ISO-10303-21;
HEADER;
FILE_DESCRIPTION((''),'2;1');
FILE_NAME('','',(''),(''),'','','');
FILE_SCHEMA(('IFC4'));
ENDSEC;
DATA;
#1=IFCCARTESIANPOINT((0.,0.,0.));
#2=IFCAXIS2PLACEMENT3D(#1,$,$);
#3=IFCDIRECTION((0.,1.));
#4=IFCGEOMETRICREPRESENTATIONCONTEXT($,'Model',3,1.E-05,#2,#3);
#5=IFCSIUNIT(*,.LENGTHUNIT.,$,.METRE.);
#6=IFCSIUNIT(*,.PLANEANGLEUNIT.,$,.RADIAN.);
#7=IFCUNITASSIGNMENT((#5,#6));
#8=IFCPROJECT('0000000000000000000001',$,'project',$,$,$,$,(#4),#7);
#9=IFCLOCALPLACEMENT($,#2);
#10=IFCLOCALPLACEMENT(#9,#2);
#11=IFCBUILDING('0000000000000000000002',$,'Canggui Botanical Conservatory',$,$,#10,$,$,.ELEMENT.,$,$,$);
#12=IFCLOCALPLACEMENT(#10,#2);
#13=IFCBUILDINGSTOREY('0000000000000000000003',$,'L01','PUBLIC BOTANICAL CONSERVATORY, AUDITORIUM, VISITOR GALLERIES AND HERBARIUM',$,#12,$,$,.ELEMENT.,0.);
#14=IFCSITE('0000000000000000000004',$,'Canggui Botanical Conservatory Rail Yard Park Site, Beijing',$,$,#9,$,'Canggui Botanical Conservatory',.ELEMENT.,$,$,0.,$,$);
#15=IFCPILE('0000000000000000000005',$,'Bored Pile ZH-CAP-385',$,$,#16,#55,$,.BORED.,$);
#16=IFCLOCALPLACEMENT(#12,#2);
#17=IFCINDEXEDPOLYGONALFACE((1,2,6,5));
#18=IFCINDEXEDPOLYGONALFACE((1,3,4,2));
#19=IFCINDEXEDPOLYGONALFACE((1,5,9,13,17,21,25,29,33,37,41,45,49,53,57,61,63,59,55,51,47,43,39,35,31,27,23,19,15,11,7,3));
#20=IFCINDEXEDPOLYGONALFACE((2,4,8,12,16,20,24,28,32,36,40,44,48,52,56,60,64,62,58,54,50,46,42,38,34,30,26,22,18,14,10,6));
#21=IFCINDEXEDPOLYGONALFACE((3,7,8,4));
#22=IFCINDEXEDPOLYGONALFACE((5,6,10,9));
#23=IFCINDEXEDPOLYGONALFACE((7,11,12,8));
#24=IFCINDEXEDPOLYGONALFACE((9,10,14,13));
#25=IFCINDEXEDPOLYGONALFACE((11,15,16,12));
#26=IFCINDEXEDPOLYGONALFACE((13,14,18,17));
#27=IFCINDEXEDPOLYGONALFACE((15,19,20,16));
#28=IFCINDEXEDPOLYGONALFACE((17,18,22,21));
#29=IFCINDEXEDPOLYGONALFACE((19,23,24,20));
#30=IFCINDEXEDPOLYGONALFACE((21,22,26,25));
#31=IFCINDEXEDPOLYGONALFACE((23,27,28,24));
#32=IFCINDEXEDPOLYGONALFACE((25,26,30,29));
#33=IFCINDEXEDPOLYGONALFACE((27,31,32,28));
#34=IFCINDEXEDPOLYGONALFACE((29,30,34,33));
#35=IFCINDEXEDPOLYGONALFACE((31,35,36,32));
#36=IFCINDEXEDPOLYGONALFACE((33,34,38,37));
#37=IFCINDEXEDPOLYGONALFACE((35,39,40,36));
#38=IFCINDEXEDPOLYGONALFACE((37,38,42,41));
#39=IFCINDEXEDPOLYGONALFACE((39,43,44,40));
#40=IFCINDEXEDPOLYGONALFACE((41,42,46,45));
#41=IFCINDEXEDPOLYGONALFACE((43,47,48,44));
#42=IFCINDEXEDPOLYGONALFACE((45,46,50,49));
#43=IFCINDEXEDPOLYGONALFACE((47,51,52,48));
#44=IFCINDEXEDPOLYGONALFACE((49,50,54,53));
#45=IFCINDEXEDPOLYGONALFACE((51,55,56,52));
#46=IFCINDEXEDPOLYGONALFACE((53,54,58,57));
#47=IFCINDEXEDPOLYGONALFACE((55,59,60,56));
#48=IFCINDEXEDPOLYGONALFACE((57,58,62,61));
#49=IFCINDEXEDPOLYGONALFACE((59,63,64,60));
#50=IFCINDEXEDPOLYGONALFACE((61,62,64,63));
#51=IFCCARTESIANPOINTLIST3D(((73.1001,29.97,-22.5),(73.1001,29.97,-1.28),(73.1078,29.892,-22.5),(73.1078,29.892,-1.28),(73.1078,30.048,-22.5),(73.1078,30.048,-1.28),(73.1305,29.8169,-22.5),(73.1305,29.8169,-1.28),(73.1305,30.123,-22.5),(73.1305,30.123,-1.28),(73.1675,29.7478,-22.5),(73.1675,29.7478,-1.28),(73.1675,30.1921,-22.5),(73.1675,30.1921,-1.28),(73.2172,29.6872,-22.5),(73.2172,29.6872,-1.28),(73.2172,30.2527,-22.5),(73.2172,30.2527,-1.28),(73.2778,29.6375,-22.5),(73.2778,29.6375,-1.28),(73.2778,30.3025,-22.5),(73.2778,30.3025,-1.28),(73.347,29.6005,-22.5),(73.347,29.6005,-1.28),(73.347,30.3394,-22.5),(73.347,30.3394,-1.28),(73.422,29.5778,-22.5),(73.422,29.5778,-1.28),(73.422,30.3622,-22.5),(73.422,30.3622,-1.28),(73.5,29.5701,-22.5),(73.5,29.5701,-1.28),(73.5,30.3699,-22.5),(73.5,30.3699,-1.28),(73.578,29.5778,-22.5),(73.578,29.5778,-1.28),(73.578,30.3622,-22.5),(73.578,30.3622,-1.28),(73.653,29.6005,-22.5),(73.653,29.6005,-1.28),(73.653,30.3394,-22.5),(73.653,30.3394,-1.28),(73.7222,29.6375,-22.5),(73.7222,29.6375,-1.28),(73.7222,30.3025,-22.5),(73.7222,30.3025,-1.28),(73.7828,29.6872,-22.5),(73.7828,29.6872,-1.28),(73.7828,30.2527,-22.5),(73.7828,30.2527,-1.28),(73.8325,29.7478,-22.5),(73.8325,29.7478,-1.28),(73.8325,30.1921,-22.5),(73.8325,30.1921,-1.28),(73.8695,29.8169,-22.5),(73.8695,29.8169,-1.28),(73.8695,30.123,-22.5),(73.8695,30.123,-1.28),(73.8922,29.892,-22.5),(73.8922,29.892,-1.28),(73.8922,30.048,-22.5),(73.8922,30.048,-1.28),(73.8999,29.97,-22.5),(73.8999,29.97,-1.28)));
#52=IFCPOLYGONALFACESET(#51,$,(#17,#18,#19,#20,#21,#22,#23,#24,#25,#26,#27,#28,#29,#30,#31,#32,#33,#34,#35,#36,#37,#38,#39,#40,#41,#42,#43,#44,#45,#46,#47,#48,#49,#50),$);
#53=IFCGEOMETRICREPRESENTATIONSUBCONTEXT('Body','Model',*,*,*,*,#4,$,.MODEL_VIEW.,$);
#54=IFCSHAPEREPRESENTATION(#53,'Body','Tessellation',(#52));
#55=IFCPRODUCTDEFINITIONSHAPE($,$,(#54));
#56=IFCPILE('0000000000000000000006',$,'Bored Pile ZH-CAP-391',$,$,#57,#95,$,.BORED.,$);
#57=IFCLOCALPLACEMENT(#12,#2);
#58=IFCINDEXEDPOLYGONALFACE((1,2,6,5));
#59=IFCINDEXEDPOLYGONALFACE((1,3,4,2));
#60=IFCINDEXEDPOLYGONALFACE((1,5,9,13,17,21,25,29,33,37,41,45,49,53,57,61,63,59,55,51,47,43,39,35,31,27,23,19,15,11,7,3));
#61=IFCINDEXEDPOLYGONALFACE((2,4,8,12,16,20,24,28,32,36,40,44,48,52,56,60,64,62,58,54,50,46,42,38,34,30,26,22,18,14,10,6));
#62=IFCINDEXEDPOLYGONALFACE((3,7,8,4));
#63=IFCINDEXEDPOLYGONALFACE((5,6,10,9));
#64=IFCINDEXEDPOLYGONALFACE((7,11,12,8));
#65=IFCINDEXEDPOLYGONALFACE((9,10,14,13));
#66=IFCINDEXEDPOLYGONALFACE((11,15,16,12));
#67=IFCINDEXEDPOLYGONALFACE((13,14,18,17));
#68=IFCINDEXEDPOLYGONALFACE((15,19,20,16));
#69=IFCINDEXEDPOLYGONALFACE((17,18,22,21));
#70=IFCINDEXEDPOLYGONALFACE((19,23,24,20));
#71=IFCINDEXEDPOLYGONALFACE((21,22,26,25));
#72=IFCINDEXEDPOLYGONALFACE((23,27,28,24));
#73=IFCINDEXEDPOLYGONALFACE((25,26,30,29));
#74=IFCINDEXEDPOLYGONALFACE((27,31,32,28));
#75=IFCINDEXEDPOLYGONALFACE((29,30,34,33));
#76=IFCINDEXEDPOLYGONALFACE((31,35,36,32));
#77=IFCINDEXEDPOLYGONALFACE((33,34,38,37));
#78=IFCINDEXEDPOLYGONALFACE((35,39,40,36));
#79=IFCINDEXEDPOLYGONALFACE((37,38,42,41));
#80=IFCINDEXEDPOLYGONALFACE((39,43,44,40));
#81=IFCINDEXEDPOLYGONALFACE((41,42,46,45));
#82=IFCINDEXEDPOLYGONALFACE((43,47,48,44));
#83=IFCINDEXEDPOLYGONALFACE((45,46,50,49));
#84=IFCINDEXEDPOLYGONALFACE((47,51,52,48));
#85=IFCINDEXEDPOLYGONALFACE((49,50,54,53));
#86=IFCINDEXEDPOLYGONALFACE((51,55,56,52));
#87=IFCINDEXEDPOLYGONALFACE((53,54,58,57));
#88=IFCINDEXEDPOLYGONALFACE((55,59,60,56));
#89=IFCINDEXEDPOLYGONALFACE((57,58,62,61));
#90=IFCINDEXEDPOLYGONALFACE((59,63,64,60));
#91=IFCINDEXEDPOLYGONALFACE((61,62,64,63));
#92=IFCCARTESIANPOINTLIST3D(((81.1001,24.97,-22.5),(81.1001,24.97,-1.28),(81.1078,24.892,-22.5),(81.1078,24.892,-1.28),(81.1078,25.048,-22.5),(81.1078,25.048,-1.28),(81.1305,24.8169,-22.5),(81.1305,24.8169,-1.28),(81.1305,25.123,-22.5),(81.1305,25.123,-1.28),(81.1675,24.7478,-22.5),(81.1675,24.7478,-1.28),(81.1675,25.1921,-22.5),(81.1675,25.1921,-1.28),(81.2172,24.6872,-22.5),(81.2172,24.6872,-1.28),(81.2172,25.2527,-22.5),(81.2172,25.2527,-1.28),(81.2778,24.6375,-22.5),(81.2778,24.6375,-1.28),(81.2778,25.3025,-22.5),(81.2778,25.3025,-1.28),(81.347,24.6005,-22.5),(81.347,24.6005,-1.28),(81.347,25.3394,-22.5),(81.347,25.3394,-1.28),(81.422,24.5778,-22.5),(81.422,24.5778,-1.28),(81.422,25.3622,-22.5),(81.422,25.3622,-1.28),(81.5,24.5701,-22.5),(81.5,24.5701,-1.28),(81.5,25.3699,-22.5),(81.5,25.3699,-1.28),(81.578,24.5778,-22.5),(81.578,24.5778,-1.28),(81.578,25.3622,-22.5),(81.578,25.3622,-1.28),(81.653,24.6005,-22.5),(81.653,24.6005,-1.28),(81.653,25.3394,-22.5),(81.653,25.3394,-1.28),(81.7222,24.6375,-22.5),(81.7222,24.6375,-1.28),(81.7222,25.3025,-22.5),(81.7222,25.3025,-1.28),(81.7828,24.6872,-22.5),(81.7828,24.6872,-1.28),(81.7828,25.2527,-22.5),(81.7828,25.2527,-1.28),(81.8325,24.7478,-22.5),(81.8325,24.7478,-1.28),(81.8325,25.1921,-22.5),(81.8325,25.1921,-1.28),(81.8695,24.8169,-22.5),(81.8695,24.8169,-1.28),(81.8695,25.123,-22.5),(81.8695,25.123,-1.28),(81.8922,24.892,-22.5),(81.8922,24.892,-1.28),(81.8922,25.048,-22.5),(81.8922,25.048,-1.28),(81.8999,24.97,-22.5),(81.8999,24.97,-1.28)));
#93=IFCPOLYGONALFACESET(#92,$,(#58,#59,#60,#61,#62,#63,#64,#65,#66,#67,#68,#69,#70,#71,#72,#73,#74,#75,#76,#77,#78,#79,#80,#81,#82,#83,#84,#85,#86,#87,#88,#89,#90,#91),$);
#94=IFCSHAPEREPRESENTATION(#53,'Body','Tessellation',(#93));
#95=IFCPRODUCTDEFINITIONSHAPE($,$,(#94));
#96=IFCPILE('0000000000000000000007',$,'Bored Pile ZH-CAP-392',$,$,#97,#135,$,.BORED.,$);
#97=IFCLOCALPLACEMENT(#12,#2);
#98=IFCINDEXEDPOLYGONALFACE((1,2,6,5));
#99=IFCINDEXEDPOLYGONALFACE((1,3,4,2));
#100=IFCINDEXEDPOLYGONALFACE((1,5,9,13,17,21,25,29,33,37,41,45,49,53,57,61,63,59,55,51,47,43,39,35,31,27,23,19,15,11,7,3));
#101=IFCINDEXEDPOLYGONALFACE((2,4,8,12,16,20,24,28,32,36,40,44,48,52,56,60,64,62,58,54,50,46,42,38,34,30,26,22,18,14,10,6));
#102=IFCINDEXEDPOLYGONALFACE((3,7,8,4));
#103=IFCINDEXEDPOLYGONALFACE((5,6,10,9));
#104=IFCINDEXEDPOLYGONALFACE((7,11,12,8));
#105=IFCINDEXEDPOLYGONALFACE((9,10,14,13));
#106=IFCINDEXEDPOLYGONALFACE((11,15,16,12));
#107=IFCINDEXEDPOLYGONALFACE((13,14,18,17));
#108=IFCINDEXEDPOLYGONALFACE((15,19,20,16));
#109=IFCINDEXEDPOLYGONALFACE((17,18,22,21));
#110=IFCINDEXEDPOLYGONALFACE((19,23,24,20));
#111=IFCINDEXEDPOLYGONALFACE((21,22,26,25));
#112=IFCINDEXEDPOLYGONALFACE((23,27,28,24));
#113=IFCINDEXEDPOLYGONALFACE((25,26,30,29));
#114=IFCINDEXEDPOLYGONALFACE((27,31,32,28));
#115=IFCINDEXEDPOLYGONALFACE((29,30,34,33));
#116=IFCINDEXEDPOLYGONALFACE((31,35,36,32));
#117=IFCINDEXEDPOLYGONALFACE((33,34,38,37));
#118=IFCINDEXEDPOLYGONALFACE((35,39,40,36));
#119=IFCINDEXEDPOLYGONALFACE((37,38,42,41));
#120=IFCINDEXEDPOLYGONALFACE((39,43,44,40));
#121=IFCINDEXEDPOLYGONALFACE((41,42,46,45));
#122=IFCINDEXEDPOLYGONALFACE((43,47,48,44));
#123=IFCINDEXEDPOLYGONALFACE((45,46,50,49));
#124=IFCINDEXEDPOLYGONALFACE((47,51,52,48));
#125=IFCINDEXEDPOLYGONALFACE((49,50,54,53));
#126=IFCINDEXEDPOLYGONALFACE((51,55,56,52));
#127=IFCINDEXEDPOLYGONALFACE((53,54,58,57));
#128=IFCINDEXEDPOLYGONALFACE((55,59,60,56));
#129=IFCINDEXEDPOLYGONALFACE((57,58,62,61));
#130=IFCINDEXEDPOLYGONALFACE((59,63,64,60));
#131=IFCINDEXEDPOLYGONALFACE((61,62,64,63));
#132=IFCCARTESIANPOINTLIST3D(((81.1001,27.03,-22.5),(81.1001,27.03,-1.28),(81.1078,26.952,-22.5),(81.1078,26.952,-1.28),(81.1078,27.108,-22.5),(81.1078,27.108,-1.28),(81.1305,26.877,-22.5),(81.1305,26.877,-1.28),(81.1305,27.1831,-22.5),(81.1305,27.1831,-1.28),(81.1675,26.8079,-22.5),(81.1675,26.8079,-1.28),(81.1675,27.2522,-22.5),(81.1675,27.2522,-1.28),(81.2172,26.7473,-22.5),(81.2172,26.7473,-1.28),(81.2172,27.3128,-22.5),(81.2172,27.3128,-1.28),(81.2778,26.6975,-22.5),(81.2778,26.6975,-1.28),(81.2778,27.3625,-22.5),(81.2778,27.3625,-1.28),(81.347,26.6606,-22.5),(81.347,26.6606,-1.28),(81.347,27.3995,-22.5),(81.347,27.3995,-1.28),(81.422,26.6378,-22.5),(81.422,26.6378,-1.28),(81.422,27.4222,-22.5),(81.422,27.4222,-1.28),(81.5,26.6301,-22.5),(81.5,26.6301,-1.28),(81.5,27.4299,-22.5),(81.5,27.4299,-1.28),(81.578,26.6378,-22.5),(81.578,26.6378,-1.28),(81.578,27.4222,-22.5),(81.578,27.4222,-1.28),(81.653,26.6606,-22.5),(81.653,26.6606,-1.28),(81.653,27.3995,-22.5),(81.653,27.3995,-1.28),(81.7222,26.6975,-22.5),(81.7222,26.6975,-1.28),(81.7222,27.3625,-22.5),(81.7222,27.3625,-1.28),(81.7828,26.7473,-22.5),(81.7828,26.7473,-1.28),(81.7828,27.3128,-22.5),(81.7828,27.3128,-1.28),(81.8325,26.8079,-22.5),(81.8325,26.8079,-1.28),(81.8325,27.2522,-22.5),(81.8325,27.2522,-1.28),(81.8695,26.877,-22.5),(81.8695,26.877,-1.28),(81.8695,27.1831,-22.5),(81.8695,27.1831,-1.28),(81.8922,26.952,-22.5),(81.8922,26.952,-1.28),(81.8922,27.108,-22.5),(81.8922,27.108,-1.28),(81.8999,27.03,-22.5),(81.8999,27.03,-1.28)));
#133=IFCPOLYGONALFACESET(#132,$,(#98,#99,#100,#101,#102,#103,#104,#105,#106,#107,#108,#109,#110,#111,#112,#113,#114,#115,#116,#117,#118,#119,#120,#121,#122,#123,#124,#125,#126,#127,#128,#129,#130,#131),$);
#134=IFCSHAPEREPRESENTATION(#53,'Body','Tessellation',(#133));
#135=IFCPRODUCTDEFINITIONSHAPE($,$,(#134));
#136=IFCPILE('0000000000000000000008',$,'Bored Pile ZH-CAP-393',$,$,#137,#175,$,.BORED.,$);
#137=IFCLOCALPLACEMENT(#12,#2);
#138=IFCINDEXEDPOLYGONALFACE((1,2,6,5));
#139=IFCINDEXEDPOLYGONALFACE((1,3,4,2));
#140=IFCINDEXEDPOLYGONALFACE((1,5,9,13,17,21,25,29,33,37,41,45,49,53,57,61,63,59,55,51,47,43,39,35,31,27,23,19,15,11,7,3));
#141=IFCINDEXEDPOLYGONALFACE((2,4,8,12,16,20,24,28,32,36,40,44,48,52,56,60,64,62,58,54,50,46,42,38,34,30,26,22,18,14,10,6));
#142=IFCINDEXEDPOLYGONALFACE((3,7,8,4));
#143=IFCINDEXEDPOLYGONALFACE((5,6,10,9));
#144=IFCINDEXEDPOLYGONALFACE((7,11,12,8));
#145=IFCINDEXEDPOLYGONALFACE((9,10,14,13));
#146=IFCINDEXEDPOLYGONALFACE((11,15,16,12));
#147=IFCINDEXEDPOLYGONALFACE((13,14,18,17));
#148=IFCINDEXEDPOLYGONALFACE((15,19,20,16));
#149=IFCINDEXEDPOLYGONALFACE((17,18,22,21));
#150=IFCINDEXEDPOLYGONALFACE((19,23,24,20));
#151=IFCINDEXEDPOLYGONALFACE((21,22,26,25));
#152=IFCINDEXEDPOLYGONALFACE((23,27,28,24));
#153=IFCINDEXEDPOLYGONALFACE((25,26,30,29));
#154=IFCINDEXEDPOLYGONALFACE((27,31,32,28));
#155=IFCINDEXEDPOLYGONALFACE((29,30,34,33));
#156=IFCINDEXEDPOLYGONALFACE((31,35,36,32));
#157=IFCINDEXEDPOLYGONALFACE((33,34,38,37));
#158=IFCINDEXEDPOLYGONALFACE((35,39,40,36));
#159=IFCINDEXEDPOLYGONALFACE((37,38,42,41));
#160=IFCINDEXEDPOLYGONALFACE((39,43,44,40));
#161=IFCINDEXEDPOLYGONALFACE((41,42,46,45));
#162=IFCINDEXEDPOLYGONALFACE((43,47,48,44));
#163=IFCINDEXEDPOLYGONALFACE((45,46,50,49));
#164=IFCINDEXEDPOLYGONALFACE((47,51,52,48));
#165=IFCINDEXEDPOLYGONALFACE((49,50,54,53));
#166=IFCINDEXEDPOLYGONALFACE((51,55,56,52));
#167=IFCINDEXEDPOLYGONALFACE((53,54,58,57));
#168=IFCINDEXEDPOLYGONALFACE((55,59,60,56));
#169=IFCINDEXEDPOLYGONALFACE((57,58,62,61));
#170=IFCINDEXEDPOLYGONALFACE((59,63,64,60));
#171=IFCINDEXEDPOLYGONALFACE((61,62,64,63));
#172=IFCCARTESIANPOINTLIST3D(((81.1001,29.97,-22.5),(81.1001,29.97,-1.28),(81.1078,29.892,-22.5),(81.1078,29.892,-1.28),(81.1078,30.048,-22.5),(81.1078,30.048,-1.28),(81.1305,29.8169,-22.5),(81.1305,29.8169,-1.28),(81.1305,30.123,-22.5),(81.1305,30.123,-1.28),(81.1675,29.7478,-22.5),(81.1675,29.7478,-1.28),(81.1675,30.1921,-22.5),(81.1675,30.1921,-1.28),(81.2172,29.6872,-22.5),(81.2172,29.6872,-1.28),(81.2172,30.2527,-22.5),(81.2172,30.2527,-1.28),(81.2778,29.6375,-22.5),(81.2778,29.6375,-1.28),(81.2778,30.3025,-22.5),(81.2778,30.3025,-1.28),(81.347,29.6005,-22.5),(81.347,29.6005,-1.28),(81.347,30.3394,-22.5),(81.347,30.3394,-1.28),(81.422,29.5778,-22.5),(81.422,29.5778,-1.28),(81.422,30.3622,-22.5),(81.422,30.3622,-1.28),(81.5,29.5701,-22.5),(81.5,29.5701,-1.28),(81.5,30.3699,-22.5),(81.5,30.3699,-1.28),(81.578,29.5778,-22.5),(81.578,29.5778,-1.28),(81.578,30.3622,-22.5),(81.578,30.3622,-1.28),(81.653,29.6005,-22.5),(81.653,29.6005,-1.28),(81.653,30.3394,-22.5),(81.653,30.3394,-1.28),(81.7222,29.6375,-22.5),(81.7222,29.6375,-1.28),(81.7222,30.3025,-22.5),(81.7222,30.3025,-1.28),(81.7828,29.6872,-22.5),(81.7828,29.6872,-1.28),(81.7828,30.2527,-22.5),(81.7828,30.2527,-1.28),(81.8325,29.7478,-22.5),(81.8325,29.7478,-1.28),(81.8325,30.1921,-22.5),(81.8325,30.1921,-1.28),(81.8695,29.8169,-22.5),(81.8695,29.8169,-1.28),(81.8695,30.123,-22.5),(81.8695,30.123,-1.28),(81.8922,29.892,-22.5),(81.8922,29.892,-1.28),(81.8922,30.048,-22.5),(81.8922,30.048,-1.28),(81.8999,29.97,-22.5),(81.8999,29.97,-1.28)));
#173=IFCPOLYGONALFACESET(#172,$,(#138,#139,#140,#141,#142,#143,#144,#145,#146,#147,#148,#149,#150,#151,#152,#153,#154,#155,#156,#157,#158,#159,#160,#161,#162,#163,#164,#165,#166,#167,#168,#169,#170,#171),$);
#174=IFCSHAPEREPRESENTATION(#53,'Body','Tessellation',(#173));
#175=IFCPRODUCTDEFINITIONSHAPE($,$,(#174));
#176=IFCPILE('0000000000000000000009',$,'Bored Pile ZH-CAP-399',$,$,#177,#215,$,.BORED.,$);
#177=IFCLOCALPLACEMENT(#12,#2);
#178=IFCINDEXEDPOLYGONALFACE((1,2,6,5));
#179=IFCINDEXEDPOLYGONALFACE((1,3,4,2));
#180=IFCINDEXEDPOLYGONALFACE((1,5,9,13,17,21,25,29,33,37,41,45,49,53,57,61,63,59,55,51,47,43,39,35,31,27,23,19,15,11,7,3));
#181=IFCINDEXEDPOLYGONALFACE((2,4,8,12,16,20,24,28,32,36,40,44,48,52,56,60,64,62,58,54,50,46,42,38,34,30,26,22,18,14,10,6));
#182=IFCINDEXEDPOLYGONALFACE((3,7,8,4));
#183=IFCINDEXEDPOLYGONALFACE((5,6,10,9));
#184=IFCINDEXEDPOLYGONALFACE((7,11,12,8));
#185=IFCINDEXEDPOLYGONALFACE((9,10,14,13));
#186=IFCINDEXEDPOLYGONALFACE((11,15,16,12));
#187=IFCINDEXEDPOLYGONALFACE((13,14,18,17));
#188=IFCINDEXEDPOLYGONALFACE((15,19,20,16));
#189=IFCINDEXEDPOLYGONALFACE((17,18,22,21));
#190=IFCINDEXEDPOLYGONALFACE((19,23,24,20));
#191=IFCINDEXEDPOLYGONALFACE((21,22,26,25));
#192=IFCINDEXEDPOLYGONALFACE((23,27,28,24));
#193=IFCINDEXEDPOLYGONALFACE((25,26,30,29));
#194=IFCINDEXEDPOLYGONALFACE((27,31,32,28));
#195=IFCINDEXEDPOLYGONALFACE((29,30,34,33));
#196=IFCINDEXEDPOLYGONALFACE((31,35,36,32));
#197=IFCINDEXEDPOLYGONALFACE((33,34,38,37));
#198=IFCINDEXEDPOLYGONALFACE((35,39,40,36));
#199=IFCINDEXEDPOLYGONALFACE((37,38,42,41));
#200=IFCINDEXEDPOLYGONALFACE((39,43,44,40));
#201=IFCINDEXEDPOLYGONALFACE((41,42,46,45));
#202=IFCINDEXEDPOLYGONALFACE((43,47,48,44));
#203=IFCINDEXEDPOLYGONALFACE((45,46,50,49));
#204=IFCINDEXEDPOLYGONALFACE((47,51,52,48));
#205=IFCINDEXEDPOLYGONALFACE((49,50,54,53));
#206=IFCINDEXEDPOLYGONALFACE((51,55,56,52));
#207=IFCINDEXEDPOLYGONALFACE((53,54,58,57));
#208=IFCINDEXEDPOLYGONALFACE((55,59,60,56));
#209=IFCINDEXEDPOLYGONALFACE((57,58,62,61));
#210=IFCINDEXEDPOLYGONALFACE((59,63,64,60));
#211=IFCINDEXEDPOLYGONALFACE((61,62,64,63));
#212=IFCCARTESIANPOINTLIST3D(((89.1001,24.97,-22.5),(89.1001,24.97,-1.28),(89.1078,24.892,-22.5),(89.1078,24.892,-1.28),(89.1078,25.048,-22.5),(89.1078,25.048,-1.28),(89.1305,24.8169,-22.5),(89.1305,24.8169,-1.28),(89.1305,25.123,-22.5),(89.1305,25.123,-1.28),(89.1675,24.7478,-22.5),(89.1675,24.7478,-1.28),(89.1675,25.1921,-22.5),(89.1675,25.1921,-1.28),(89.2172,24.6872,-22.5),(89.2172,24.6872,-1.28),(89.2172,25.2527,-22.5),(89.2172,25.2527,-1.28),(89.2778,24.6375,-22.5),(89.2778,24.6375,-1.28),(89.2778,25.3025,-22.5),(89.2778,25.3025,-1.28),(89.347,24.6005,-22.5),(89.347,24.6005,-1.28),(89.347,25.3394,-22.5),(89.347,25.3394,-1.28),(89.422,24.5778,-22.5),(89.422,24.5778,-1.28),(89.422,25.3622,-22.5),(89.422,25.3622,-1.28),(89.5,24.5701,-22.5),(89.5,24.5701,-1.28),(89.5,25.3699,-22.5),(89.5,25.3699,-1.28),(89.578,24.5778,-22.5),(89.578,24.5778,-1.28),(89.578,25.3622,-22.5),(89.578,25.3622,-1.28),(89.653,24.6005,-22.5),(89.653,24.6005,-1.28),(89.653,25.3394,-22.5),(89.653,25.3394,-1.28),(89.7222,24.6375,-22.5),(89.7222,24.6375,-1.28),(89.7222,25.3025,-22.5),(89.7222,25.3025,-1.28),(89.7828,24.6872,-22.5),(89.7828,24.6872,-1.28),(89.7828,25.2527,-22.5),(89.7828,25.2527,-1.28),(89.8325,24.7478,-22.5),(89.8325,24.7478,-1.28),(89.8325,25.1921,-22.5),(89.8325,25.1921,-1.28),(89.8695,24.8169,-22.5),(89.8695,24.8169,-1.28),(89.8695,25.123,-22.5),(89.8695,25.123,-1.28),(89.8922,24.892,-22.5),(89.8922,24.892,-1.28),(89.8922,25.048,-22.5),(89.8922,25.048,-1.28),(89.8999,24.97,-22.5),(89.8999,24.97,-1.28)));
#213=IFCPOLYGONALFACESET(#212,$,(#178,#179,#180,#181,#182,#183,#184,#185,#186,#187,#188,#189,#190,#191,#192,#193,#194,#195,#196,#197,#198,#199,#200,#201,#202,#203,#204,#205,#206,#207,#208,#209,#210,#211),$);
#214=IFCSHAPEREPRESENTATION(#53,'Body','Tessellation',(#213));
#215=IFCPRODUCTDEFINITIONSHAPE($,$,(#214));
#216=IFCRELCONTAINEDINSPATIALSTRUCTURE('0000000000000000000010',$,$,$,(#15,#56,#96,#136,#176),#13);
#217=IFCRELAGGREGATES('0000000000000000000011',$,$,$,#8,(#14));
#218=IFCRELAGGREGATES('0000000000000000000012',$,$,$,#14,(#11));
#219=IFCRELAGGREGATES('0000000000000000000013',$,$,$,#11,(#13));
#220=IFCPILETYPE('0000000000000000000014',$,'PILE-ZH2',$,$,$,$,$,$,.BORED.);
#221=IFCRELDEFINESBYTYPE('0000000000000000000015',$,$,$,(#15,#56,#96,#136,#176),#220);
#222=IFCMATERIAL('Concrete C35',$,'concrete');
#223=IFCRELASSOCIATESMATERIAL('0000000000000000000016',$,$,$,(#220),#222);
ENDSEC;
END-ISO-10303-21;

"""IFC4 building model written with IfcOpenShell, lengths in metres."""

from ifc_helpers import new_model, si_unit, direction, frame, origin, origin_2d, place, context, subcontext, project, spatial, circle, extrude, material, material_profile, profile_set, type_object, element, save


model = new_model("IFC4")

# Units and contexts
model_context = context("Model", 3, precision=1e-05, world=origin(), true_north=direction((0.0, 1.0)))
body_context = subcontext(model_context, "Body", "Model", "MODEL_VIEW")
ifc_project = project(units=[si_unit("LENGTHUNIT", "METRE"), si_unit("PLANEANGLEUNIT", "RADIAN")], contexts=[model_context])

# Site, building, storey
site_placement = place(None, origin())
site = spatial("IfcSite", under=ifc_project, at=site_placement, Name="Canggui Botanical Conservatory Rail Yard Park Site, Beijing", LongName="Canggui Botanical Conservatory", CompositionType="ELEMENT", RefElevation=0.0)
building_placement = place(site_placement, origin())
building = spatial("IfcBuilding", under=site, at=building_placement, Name="Canggui Botanical Conservatory", CompositionType="ELEMENT")
storey_placement = place(building_placement, origin())
storey = spatial("IfcBuildingStorey", under=building, at=storey_placement, Name="L01", Description="PUBLIC BOTANICAL CONSERVATORY, AUDITORIUM, VISITOR GALLERIES AND HERBARIUM", CompositionType="ELEMENT", Elevation=0.0)

# Shared definitions
ifc_material_1 = material(Name="Concrete C35", Category="concrete")

# Piles
ifc_material_profile_1 = material_profile(ifc_material_1, circle(Radius=0.3999, at=origin_2d()), Name="PILE D800")
ifc_profile_set_1 = profile_set([ifc_material_profile_1], Name="Concrete C35")
pile_type = type_object("IfcPileType", Name="PILE-ZH2", PredefinedType="BORED", material=ifc_profile_set_1)
for number, where, z_axis, x_axis, name in (
    (1, (73.5, 29.97, -1.28), (0.0, 0.0, -1.0), (1.0, 0.0, 0.0), "Bored Pile ZH-CAP-385"),
    (2, (81.5, 24.97, -1.28), (0.0, 0.0, -1.0), (1.0, 0.0, 0.0), "Bored Pile ZH-CAP-391"),
    (3, (81.5, 27.03, -1.28), (0.0, 0.0, -1.0), (1.0, 0.0, 0.0), "Bored Pile ZH-CAP-392"),
    (4, (81.5, 29.97, -1.28), (0.0, 0.0, -1.0), (1.0, 0.0, 0.0), "Bored Pile ZH-CAP-393"),
    (5, (89.5, 24.97, -1.28), (0.0, 0.0, -1.0), (1.0, 0.0, 0.0), "Bored Pile ZH-CAP-399"),
):
    element("IfcPile", number, at=place(storey_placement, frame(where, z_axis=z_axis, x_axis=x_axis)), inside=storey, type_object=pile_type, Name=name, PredefinedType="BORED", context=body_context, shape_type="SweptSolid", body=[
        extrude(circle(Radius=0.3999, at=origin_2d()), origin(), (0.0, 0.0, 1.0), 21.22),
    ])

save(model, "model.ifc")
